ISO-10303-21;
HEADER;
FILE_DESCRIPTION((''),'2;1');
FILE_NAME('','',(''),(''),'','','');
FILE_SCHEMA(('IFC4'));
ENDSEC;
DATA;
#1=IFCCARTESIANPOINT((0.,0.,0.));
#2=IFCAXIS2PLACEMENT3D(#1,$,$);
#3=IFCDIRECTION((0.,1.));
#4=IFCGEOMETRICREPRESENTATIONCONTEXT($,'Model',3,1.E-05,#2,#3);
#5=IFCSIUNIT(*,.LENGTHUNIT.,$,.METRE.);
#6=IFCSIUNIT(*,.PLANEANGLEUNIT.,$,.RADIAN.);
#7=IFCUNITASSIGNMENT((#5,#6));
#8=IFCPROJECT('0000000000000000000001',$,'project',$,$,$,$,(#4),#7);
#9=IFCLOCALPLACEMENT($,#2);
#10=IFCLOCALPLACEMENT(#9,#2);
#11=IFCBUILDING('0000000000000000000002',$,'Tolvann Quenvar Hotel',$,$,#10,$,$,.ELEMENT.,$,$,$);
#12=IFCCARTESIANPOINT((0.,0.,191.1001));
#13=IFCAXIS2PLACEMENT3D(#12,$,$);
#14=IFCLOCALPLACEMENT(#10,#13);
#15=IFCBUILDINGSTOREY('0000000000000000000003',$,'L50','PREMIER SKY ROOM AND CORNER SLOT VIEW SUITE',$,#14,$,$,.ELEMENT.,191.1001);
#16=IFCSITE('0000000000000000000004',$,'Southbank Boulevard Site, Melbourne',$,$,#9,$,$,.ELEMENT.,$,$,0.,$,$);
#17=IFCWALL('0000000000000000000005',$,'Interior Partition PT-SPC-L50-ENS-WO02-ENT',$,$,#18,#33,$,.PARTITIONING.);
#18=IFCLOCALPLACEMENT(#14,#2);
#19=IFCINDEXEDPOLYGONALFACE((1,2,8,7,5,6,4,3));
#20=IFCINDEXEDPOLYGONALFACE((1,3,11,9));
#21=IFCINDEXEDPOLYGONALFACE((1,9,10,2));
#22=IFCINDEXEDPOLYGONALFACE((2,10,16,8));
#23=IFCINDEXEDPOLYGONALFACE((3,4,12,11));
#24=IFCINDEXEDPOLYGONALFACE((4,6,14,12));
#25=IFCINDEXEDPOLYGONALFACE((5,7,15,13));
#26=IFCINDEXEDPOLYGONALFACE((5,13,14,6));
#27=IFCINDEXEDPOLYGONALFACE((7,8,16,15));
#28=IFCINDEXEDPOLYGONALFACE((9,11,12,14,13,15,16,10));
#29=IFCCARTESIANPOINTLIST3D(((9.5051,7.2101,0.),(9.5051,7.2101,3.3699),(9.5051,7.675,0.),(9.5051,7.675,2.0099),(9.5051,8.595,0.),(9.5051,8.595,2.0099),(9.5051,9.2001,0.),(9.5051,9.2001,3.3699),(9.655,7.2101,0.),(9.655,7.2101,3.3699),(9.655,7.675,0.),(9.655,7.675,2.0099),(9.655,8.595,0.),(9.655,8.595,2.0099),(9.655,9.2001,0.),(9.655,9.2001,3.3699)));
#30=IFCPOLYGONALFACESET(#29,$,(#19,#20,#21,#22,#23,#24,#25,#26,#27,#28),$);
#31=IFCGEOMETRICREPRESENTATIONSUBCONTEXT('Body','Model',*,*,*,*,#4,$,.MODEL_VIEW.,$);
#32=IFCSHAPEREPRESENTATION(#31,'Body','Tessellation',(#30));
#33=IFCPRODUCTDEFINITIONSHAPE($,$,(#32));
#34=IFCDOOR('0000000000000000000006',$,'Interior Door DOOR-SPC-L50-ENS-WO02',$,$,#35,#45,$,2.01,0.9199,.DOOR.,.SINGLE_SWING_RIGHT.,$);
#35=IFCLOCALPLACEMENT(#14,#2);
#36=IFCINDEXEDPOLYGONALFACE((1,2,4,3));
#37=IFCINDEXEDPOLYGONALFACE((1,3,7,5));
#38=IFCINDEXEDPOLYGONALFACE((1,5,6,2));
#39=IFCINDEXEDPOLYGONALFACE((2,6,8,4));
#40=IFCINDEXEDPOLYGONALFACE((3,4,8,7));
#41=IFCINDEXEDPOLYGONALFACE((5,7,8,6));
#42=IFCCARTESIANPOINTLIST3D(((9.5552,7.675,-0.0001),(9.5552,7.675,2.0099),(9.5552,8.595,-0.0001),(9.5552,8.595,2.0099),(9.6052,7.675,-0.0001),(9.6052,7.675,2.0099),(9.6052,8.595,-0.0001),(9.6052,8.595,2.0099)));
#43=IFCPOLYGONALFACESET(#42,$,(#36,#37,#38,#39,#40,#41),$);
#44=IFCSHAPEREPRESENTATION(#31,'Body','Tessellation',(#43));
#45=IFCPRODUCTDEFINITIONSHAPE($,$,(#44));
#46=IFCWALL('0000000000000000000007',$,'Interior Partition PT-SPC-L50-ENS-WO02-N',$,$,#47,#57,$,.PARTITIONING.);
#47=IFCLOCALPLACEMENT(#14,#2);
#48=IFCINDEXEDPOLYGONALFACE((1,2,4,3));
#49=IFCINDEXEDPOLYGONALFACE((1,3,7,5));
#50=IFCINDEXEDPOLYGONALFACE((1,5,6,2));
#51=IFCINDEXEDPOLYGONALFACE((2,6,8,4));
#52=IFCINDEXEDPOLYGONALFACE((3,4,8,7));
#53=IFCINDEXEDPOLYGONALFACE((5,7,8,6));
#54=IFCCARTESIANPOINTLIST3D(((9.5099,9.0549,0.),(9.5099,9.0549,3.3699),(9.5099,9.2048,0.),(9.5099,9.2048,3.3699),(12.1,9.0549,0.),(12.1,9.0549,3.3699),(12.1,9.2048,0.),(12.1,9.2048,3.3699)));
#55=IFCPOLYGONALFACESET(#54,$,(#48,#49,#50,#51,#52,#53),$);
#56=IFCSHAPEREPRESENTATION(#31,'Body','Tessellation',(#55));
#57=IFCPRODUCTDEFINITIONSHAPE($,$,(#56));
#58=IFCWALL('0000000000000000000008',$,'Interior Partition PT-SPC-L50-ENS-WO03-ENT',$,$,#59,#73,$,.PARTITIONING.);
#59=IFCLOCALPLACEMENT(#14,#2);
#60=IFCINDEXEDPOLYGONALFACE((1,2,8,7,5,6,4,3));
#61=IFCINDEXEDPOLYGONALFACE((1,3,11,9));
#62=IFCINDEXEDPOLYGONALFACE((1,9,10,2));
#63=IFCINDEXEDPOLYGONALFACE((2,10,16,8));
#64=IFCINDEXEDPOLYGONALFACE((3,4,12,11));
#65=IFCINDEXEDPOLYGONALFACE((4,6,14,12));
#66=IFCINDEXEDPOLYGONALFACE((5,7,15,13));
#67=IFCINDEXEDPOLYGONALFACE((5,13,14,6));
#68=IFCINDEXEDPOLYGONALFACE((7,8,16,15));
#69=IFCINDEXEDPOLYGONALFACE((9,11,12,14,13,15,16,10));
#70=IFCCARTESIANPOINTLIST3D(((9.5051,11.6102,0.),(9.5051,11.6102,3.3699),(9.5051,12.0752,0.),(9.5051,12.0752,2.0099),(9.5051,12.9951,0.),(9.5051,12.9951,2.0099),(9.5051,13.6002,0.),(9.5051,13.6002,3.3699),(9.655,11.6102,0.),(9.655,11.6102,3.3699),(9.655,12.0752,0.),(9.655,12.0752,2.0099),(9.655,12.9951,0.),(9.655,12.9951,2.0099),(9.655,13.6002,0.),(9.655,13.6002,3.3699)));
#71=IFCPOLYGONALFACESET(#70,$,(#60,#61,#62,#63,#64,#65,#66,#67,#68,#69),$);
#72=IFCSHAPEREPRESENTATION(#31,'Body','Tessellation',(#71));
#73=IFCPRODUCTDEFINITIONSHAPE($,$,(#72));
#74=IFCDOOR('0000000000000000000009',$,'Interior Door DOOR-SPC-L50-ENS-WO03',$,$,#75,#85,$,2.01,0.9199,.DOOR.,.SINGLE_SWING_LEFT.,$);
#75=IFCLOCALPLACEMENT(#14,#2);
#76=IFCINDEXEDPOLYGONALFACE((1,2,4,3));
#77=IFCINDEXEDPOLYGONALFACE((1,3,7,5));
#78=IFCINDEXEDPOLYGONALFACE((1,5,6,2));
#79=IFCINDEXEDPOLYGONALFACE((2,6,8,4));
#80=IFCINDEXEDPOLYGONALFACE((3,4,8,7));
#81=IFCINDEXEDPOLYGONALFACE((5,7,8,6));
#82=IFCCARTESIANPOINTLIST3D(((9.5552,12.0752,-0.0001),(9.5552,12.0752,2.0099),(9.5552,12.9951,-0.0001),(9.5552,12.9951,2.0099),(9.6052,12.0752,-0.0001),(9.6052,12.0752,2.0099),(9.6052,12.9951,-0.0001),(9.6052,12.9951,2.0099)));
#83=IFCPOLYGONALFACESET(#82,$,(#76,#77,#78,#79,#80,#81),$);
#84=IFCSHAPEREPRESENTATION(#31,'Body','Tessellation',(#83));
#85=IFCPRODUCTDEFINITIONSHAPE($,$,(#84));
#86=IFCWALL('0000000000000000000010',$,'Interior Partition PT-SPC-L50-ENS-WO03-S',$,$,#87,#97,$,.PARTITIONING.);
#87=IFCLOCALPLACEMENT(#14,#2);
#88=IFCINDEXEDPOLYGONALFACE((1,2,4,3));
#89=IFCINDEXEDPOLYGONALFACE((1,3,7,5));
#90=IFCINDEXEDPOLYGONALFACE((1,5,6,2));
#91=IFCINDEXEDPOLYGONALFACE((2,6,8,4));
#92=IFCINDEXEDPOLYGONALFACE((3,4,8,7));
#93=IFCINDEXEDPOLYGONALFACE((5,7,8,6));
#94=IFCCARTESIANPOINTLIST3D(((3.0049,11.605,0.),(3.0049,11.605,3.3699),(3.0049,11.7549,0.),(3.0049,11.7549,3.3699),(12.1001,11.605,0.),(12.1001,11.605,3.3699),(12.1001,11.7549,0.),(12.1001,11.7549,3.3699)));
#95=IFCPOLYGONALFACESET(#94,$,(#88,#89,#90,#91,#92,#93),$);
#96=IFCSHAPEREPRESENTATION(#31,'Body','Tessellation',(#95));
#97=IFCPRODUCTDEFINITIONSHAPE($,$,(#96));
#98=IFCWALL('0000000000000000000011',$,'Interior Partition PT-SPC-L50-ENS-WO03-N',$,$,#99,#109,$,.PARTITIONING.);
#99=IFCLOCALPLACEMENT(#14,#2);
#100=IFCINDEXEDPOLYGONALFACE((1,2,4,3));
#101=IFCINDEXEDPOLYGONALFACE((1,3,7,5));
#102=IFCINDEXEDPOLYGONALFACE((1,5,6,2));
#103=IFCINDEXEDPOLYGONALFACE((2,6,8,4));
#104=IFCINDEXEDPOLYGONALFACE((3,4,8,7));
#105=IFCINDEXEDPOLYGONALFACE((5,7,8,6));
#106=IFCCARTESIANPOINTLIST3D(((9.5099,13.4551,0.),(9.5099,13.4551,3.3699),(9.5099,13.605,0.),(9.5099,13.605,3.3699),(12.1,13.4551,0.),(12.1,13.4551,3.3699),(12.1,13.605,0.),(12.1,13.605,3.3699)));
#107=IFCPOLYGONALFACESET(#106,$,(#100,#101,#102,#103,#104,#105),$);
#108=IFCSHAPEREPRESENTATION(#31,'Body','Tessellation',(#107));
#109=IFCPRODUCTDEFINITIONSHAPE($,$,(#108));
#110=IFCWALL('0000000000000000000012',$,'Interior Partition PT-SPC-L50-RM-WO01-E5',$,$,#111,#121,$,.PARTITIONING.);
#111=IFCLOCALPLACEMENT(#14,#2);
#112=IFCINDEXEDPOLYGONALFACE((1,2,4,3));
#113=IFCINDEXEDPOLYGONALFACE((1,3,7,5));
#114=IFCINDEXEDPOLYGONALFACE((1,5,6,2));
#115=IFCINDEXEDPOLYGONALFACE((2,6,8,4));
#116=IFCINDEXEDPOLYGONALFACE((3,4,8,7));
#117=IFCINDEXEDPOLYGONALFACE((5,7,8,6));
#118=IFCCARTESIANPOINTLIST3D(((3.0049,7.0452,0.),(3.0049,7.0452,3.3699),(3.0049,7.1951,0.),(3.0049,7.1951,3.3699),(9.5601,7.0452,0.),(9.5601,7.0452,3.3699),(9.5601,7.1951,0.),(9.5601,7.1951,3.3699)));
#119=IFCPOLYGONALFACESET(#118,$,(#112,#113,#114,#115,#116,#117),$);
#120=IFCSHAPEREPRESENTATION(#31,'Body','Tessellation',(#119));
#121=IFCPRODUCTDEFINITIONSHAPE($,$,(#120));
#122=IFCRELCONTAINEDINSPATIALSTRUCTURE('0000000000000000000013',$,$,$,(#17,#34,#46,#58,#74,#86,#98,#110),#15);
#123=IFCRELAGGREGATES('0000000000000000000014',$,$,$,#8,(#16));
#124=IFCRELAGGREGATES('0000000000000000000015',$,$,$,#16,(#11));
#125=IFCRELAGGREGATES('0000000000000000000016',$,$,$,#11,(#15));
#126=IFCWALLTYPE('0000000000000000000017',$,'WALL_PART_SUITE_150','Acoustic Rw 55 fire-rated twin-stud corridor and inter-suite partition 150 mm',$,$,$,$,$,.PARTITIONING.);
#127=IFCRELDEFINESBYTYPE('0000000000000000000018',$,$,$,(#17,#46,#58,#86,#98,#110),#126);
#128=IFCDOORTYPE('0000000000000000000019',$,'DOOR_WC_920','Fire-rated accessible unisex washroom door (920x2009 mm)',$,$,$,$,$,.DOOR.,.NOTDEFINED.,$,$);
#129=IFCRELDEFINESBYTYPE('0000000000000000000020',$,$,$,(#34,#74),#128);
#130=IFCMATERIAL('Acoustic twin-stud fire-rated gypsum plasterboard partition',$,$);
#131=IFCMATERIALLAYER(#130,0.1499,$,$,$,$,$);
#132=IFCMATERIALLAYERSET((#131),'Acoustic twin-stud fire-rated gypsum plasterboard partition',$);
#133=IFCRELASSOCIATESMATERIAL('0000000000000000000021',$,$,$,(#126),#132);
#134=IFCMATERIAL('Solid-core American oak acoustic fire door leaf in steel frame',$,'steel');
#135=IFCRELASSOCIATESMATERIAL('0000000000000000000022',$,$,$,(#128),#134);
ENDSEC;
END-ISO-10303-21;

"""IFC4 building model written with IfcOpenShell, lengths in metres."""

from ifc_helpers import new_model, si_unit, direction, frame, frame_2d, origin, place, context, subcontext, project, spatial, rectangle, extrude, source, transform, mapped, material, layer, layer_set, type_object, type_shapes, element, fill, save


model = new_model("IFC4")

# Units and contexts
model_context = context("Model", 3, precision=1e-05, world=origin(), true_north=direction((0.0, 1.0)))
body_context = subcontext(model_context, "Body", "Model", "MODEL_VIEW")
ifc_project = project(units=[si_unit("LENGTHUNIT", "METRE"), si_unit("PLANEANGLEUNIT", "RADIAN")], contexts=[model_context])

# Site, building, storey
site_placement = place(None, origin())
site = spatial("IfcSite", under=ifc_project, at=site_placement, Name="Southbank Boulevard Site, Melbourne", CompositionType="ELEMENT", RefElevation=0.0)
building_placement = place(site_placement, origin())
building = spatial("IfcBuilding", under=site, at=building_placement, Name="Tolvann Quenvar Hotel", CompositionType="ELEMENT")
storey_placement = place(building_placement, frame((0.0, 0.0, 191.1001)))
storey = spatial("IfcBuildingStorey", under=building, at=storey_placement, Name="L50", Description="PREMIER SKY ROOM AND CORNER SLOT VIEW SUITE", CompositionType="ELEMENT", Elevation=191.1001)

# Shared definitions
ifc_material_1 = material(Name="Acoustic twin-stud fire-rated gypsum plasterboard partition")
ifc_layer_1 = layer(ifc_material_1, 0.1499)
ifc_layer_set_1 = layer_set([ifc_layer_1], Name="Acoustic twin-stud fire-rated gypsum plasterboard partition")
wall_type_1 = type_object("IfcWallType", Name="WALL_PART_SUITE_150", Description="Acoustic Rw 55 fire-rated twin-stud corridor and inter-suite partition 150 mm", PredefinedType="PARTITIONING", material=ifc_layer_set_1)
ifc_material_2 = material(Name="Solid-core American oak acoustic fire door leaf in steel frame", Category="steel")
door_type_1 = type_object("IfcDoorType", Name="DOOR_WC_920", Description="Fire-rated accessible unisex washroom door (920x2009 mm)", OperationType="NOTDEFINED", PredefinedType="DOOR", material=ifc_material_2)
shared_shape_1 = source(origin(), body_context, "Body", "SweptSolid", [
    extrude(rectangle(XDim=0.9199, YDim=2.01, at=frame_2d((0.46, 1.0049))), frame((0.0, 0.0249, 0.0), z_axis=(0.0, -1.0, 0.0), x_axis=(1.0, 0.0, 0.0)), (0.0, 0.0, 1.0), 0.05),
])
type_shapes(door_type_1, [shared_shape_1])

# Wall, opening, door
wall_1_placement = place(storey_placement, frame((9.5801, 7.21, 0.0), z_axis=(0.0, 0.0, 1.0), x_axis=(0.0, 1.0, 0.0)))
wall_1 = element("IfcWall", 1, at=wall_1_placement, inside=storey, type_object=wall_type_1, Name="Interior Partition PT-SPC-L50-ENS-WO02-ENT", PredefinedType="PARTITIONING", context=body_context, shape_type="SweptSolid", body=[
    extrude(rectangle(XDim=1.99, YDim=0.1499, at=frame_2d((0.9951, 0.0))), origin(), (0.0, 0.0, 1.0), 3.3699),
])
opening_1_placement = place(wall_1_placement, frame((0.4651, 0.0, 0.0)))
opening_1 = element("IfcOpeningElement", 2, at=opening_1_placement, cuts=wall_1, PredefinedType="OPENING", context=body_context, shape_type="SweptSolid", body=[
    extrude(rectangle(XDim=0.9199, YDim=2.01, at=frame_2d((0.46, 1.0049))), frame((0.0, 0.085, 0.0), z_axis=(0.0, -1.0, 0.0), x_axis=(1.0, 0.0, 0.0)), (0.0, 0.0, 1.0), 0.1699),
])
door_1_placement = place(opening_1_placement, origin())
door_1 = element("IfcDoor", 3, at=door_1_placement, inside=storey, type_object=door_type_1, Name="Interior Door DOOR-SPC-L50-ENS-WO02", OperationType="SINGLE_SWING_RIGHT", OverallHeight=2.01, OverallWidth=0.9199, PredefinedType="DOOR", context=body_context, shape_type="MappedRepresentation", body=[
    mapped(shared_shape_1, transform((0.0, 0.0, 0.0), x_axis=(1.0, 0.0, 0.0), y_axis=(0.0, 1.0, 0.0), z_axis=(0.0, 0.0, 1.0), scale=1.0)),
])
fill(opening_1, door_1)

# Wall
wall_2_placement = place(storey_placement, frame((9.51, 9.1299, 0.0), z_axis=(0.0, 0.0, 1.0), x_axis=(1.0, 0.0, 0.0)))
element("IfcWall", 4, at=wall_2_placement, inside=storey, type_object=wall_type_1, Name="Interior Partition PT-SPC-L50-ENS-WO02-N", PredefinedType="PARTITIONING", context=body_context, shape_type="SweptSolid", body=[
    extrude(rectangle(XDim=2.5901, YDim=0.1499, at=frame_2d((1.2949, 0.0))), origin(), (0.0, 0.0, 1.0), 3.3699),
])

# Wall, opening, door
wall_3_placement = place(storey_placement, frame((9.5801, 11.6101, 0.0), z_axis=(0.0, 0.0, 1.0), x_axis=(0.0, 1.0, 0.0)))
wall_3 = element("IfcWall", 5, at=wall_3_placement, inside=storey, type_object=wall_type_1, Name="Interior Partition PT-SPC-L50-ENS-WO03-ENT", PredefinedType="PARTITIONING", context=body_context, shape_type="SweptSolid", body=[
    extrude(rectangle(XDim=1.99, YDim=0.1499, at=frame_2d((0.9951, 0.0))), origin(), (0.0, 0.0, 1.0), 3.3699),
])
opening_2_placement = place(wall_3_placement, frame((0.4651, 0.0, 0.0)))
opening_2 = element("IfcOpeningElement", 6, at=opening_2_placement, cuts=wall_3, PredefinedType="OPENING", context=body_context, shape_type="SweptSolid", body=[
    extrude(rectangle(XDim=0.9199, YDim=2.01, at=frame_2d((0.46, 1.0049))), frame((0.0, 0.085, 0.0), z_axis=(0.0, -1.0, 0.0), x_axis=(1.0, 0.0, 0.0)), (0.0, 0.0, 1.0), 0.1699),
])
door_2_placement = place(opening_2_placement, origin())
door_2 = element("IfcDoor", 7, at=door_2_placement, inside=storey, type_object=door_type_1, Name="Interior Door DOOR-SPC-L50-ENS-WO03", OperationType="SINGLE_SWING_LEFT", OverallHeight=2.01, OverallWidth=0.9199, PredefinedType="DOOR", context=body_context, shape_type="MappedRepresentation", body=[
    mapped(shared_shape_1, transform((0.0, 0.0, 0.0), x_axis=(1.0, 0.0, 0.0), y_axis=(0.0, 1.0, 0.0), z_axis=(0.0, 0.0, 1.0), scale=1.0)),
])
fill(opening_2, door_2)

# Walls
wall_4_placement = place(storey_placement, frame((3.0049, 11.6799, 0.0), z_axis=(0.0, 0.0, 1.0), x_axis=(1.0, 0.0, 0.0)))
element("IfcWall", 8, at=wall_4_placement, inside=storey, type_object=wall_type_1, Name="Interior Partition PT-SPC-L50-ENS-WO03-S", PredefinedType="PARTITIONING", context=body_context, shape_type="SweptSolid", body=[
    extrude(rectangle(XDim=9.0952, YDim=0.1499, at=frame_2d((4.5476, 0.0))), origin(), (0.0, 0.0, 1.0), 3.3699),
])
wall_5_placement = place(storey_placement, frame((9.51, 13.53, 0.0), z_axis=(0.0, 0.0, 1.0), x_axis=(1.0, 0.0, 0.0)))
element("IfcWall", 9, at=wall_5_placement, inside=storey, type_object=wall_type_1, Name="Interior Partition PT-SPC-L50-ENS-WO03-N", PredefinedType="PARTITIONING", context=body_context, shape_type="SweptSolid", body=[
    extrude(rectangle(XDim=2.5901, YDim=0.1499, at=frame_2d((1.2949, 0.0))), origin(), (0.0, 0.0, 1.0), 3.3699),
])
wall_6_placement = place(storey_placement, frame((3.0049, 7.1201, 0.0), z_axis=(0.0, 0.0, 1.0), x_axis=(1.0, 0.0, 0.0)))
element("IfcWall", 10, at=wall_6_placement, inside=storey, type_object=wall_type_1, Name="Interior Partition PT-SPC-L50-RM-WO01-E5", PredefinedType="PARTITIONING", context=body_context, shape_type="SweptSolid", body=[
    extrude(rectangle(XDim=6.5552, YDim=0.1499, at=frame_2d((3.2776, 0.0))), origin(), (0.0, 0.0, 1.0), 3.3699),
])

save(model, "model.ifc")
